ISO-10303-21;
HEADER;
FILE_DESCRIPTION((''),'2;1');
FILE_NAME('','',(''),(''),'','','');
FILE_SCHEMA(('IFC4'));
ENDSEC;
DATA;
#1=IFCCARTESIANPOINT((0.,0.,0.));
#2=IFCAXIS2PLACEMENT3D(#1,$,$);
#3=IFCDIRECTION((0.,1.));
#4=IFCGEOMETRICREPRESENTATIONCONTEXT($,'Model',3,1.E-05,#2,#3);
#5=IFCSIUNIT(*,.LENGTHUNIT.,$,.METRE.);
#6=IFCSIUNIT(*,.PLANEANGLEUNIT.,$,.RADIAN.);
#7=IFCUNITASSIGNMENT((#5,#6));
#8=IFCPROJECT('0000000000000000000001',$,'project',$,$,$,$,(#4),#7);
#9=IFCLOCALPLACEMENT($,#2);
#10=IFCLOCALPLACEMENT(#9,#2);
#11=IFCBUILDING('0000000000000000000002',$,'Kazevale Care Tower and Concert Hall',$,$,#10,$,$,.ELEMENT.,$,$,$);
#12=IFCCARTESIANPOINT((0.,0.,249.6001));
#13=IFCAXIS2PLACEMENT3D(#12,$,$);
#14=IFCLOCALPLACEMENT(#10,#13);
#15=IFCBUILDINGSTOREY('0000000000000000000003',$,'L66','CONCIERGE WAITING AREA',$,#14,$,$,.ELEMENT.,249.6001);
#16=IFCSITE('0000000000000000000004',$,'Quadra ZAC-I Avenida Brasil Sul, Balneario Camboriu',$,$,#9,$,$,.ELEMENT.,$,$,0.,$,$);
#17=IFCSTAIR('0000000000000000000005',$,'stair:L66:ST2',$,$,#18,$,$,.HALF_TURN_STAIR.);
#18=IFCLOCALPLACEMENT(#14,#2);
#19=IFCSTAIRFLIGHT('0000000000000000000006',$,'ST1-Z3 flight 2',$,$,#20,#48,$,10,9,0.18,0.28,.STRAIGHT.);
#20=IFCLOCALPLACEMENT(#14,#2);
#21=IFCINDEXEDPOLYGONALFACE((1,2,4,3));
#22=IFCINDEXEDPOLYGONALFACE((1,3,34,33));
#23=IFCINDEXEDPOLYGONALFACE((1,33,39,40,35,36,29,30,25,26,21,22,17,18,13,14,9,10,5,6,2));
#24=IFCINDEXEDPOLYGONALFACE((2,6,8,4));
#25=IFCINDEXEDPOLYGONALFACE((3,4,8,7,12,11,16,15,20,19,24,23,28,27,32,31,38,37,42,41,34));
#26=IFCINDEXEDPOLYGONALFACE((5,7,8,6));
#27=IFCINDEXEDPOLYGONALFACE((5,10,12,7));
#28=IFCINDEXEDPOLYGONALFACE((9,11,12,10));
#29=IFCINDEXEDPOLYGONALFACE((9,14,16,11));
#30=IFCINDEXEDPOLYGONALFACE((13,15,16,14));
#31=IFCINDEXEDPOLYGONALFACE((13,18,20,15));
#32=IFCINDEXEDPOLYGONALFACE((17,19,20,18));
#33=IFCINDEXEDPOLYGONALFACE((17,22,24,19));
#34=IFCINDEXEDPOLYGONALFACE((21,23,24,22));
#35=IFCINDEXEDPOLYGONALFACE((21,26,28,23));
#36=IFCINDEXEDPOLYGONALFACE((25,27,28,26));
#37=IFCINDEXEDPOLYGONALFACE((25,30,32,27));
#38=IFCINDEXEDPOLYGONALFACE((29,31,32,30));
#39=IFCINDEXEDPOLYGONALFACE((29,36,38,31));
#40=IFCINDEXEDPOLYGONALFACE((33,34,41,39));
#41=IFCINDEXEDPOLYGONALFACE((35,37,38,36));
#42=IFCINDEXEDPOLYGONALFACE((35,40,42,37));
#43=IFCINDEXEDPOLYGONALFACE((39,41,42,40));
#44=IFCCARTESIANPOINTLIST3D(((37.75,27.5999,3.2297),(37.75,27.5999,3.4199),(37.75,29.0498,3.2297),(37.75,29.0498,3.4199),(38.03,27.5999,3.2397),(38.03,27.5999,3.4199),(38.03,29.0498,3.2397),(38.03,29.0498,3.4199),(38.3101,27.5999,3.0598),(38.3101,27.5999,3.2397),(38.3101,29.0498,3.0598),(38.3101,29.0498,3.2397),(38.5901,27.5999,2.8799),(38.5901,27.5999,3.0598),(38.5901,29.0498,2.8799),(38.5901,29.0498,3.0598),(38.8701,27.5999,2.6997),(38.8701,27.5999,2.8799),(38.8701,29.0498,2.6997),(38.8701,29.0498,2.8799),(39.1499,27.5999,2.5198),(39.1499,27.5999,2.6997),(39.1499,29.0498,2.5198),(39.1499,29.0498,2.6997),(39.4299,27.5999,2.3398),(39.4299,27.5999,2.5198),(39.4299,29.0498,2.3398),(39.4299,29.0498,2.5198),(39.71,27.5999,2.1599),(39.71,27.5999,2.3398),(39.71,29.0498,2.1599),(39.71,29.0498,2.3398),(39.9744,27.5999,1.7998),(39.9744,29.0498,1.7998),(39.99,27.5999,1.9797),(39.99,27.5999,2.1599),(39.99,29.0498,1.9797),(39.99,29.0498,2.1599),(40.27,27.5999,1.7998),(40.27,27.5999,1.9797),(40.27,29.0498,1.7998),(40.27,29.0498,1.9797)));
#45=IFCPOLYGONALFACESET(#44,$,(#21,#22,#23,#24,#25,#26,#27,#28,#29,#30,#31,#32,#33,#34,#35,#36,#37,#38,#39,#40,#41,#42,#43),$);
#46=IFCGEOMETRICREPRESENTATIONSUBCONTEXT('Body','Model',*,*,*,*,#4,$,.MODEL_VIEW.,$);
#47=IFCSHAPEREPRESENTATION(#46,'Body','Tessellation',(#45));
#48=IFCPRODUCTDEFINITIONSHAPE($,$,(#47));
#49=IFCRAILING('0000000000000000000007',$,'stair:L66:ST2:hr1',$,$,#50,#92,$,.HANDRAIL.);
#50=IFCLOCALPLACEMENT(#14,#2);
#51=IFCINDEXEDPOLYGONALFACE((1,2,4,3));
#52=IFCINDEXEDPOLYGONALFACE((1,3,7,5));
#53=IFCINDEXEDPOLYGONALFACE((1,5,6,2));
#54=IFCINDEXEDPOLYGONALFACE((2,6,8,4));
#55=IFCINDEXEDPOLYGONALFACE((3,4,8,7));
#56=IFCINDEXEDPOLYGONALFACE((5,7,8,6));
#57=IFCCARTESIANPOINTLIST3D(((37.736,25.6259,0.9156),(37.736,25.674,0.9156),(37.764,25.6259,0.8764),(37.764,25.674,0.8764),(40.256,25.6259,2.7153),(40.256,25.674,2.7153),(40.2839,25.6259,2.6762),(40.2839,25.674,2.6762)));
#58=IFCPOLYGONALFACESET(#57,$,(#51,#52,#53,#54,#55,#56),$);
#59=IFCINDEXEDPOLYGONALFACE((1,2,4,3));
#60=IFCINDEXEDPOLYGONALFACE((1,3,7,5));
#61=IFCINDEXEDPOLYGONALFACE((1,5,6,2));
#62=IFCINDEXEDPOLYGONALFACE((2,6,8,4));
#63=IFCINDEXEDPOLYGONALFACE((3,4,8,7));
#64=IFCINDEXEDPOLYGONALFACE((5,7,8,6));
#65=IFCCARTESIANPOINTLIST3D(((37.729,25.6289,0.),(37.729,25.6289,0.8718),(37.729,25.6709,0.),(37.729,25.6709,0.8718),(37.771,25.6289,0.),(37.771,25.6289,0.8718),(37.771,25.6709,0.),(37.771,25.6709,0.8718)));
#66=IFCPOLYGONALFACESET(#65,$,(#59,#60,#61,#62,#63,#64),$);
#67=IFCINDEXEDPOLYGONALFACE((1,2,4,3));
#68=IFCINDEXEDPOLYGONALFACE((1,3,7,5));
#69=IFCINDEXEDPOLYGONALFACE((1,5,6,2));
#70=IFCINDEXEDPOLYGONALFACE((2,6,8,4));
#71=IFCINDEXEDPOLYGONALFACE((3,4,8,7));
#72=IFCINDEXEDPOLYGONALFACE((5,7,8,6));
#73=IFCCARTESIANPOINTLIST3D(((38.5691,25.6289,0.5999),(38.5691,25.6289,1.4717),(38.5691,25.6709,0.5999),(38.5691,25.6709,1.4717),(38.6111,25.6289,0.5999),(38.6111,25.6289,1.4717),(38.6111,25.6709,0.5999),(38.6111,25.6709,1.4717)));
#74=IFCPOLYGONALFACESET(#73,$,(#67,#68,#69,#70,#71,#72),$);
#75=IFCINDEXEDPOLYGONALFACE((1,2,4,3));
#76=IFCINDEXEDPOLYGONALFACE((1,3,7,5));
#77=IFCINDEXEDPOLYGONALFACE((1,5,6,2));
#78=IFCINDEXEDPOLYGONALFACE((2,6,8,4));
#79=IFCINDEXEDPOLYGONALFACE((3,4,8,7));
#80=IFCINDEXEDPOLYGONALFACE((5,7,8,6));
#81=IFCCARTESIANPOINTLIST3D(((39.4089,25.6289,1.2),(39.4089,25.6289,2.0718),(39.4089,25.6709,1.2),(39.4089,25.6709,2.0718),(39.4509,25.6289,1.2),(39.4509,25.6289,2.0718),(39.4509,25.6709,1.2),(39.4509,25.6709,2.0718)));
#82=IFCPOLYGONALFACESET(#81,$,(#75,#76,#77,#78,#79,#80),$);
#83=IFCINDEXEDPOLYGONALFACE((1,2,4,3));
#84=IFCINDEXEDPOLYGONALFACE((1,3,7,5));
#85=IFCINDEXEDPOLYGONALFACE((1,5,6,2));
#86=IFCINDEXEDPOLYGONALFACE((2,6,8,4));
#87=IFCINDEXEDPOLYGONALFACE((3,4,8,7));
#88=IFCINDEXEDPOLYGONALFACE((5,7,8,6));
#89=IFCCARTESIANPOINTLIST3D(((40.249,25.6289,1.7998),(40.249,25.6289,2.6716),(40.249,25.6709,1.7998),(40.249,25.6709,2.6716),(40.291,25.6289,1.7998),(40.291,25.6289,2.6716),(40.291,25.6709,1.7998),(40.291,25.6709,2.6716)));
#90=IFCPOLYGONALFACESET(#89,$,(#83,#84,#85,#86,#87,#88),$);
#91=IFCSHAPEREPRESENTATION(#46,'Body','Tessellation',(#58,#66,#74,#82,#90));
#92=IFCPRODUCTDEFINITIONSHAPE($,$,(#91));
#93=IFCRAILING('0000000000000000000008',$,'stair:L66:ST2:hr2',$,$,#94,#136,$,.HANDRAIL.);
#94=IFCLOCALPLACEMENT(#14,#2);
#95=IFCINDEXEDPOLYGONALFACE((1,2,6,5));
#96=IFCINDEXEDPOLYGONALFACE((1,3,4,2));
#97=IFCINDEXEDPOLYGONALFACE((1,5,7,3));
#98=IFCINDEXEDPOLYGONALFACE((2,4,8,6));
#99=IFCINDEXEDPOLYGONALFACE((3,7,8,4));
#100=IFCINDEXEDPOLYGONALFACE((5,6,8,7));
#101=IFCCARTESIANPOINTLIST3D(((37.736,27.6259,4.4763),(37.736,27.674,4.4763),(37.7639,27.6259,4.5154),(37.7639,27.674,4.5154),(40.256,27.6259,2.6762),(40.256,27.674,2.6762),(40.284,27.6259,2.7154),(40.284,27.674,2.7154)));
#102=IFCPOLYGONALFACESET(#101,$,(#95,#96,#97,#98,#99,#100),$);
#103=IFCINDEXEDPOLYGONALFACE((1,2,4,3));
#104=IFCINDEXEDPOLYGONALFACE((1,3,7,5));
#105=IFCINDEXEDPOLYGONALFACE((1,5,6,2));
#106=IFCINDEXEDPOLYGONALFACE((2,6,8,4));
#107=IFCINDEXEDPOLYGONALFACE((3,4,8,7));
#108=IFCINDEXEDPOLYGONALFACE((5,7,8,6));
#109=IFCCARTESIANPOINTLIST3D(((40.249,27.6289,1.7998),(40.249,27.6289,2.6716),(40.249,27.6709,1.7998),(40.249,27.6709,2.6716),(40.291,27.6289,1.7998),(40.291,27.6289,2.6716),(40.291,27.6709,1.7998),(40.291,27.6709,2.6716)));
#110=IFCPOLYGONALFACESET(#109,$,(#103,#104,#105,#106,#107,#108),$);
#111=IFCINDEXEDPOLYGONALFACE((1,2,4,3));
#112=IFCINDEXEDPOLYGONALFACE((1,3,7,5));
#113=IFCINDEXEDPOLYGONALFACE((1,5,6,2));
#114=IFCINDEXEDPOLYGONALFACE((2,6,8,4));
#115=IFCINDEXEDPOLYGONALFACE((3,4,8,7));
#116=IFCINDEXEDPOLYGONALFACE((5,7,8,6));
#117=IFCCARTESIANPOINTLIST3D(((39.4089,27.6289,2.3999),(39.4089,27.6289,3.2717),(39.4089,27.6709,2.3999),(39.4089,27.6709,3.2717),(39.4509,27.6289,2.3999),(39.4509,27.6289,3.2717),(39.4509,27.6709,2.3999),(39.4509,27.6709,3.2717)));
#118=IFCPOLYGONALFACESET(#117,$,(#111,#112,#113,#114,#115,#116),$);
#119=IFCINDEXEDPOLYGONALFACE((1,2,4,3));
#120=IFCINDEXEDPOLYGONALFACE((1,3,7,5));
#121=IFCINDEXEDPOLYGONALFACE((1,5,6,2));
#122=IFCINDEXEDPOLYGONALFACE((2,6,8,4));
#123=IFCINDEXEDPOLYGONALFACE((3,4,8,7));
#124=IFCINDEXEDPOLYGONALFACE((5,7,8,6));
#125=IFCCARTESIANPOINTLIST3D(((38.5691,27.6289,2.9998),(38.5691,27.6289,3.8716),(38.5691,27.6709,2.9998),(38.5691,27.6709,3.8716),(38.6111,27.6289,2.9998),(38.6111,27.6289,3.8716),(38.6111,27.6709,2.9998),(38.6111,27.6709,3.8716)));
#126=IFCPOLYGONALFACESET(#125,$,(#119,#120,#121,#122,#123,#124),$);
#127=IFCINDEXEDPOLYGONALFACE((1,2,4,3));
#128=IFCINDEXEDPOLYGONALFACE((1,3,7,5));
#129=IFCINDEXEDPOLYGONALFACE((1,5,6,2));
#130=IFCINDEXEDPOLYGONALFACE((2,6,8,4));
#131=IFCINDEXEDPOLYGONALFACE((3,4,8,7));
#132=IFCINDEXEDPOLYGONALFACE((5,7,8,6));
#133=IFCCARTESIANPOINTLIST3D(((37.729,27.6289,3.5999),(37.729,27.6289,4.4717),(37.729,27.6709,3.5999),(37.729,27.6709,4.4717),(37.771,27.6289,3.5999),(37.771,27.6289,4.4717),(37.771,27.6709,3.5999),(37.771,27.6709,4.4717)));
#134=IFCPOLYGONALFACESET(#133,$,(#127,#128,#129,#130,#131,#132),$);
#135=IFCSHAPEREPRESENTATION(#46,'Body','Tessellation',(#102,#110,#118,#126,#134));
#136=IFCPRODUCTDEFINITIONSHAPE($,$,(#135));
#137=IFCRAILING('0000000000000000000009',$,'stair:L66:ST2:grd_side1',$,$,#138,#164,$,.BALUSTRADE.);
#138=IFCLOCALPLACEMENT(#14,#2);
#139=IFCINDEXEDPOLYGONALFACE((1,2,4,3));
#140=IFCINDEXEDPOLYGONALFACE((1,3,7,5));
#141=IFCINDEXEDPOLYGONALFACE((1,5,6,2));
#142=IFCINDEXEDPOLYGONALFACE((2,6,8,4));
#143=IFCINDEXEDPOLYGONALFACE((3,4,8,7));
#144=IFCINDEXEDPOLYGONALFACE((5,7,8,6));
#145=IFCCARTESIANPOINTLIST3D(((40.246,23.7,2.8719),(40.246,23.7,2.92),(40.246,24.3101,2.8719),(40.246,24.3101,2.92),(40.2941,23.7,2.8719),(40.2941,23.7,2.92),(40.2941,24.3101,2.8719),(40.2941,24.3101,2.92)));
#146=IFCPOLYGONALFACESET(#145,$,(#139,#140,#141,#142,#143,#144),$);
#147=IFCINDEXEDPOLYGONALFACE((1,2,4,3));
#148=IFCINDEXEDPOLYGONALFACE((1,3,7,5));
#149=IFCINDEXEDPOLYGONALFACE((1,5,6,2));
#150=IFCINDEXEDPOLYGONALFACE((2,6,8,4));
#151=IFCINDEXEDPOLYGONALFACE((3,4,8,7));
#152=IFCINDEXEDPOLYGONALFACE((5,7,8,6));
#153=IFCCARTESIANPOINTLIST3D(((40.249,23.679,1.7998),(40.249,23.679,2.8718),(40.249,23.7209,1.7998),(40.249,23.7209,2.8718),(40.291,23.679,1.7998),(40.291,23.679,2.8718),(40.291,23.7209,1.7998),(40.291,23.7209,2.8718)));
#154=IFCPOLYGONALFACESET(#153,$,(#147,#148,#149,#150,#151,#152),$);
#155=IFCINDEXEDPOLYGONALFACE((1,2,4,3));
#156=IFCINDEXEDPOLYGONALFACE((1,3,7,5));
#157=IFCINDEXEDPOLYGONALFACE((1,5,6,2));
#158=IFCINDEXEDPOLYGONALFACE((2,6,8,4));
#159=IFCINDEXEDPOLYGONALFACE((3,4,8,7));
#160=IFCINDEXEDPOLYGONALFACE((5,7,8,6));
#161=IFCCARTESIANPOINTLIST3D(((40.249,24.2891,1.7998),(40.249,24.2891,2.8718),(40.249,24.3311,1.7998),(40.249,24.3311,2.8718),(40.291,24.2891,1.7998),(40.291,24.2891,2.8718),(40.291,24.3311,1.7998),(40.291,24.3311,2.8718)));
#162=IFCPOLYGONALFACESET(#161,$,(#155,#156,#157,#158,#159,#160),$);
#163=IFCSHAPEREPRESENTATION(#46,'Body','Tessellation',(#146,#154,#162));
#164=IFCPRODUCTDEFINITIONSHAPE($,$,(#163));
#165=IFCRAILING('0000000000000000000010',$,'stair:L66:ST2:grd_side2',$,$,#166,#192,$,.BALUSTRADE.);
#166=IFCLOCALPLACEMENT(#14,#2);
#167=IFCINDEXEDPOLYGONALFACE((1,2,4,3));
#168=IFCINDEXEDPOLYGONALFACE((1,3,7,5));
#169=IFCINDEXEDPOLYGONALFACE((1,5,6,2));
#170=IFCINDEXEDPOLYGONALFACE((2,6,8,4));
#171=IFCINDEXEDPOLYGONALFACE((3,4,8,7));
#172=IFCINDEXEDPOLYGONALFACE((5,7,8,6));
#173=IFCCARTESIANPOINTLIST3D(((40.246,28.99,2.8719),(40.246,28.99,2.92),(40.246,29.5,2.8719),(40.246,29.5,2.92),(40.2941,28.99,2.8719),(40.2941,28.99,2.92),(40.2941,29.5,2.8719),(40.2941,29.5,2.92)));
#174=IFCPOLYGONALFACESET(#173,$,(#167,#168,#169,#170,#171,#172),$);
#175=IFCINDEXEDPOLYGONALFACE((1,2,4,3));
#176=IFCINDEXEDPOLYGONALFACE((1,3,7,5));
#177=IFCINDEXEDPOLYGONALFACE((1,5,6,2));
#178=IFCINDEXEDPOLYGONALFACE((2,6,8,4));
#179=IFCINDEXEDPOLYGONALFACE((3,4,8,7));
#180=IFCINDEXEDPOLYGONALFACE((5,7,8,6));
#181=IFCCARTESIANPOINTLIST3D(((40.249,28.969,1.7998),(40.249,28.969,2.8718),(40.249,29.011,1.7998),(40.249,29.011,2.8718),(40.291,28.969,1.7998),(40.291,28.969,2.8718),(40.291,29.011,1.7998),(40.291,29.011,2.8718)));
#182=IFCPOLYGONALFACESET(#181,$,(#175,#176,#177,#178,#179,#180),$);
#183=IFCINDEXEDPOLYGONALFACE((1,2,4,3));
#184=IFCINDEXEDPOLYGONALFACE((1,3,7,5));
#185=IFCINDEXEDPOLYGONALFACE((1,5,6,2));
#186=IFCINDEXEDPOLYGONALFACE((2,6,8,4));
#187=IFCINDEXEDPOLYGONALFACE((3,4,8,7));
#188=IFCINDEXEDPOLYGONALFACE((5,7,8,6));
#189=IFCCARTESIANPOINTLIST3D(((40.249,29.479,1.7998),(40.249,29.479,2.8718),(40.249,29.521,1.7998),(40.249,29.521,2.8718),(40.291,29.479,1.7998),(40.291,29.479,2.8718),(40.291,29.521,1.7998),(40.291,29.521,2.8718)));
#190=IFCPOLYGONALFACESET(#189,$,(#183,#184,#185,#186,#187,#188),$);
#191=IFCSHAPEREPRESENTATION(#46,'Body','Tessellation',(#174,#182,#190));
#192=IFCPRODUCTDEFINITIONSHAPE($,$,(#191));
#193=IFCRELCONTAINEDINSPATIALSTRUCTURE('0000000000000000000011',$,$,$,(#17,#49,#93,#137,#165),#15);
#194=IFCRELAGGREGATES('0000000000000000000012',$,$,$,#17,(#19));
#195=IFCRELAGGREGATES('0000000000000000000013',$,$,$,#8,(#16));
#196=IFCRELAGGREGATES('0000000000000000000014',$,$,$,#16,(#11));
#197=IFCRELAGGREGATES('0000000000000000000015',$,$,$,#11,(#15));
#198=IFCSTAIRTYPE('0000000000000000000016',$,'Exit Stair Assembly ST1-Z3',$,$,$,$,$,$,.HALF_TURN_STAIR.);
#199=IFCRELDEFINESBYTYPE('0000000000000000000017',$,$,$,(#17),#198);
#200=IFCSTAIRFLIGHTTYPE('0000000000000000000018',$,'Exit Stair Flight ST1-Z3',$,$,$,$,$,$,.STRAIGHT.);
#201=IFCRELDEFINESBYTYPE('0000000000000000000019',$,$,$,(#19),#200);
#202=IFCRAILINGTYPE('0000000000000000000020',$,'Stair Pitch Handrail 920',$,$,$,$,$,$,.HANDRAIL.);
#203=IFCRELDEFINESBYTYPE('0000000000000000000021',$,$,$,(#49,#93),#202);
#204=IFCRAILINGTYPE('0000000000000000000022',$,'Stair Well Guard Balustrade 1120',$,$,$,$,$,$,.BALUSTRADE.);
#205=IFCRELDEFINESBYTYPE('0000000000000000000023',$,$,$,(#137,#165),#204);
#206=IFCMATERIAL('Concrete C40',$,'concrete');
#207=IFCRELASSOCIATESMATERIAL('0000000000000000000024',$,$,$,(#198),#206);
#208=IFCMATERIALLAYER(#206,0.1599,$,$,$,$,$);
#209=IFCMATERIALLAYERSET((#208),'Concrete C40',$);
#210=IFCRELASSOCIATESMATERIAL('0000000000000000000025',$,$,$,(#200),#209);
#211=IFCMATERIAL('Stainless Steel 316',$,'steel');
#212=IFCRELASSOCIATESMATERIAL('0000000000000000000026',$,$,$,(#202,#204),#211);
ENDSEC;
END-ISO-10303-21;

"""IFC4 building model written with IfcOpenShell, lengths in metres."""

from ifc_helpers import new_model, si_unit, direction, frame, origin, origin_2d, place, context, subcontext, project, spatial, polyline, rectangle, outline, extrude, material, layer, layer_set, type_object, element, aggregate, save


model = new_model("IFC4")

# Units and contexts
model_context = context("Model", 3, precision=1e-05, world=origin(), true_north=direction((0.0, 1.0)))
body_context = subcontext(model_context, "Body", "Model", "MODEL_VIEW")
ifc_project = project(units=[si_unit("LENGTHUNIT", "METRE"), si_unit("PLANEANGLEUNIT", "RADIAN")], contexts=[model_context])

# Site, building, storey
site_placement = place(None, origin())
site = spatial("IfcSite", under=ifc_project, at=site_placement, Name="Quadra ZAC-I Avenida Brasil Sul, Balneario Camboriu", CompositionType="ELEMENT", RefElevation=0.0)
building_placement = place(site_placement, origin())
building = spatial("IfcBuilding", under=site, at=building_placement, Name="Kazevale Care Tower and Concert Hall", CompositionType="ELEMENT")
storey_placement = place(building_placement, frame((0.0, 0.0, 249.6001)))
storey = spatial("IfcBuildingStorey", under=building, at=storey_placement, Name="L66", Description="CONCIERGE WAITING AREA", CompositionType="ELEMENT", Elevation=249.6001)

# Shared definitions
ifc_material_1 = material(Name="Concrete C40", Category="concrete")

# Stair, stair flight
stair_type = type_object("IfcStairType", Name="Exit Stair Assembly ST1-Z3", PredefinedType="HALF_TURN_STAIR", material=ifc_material_1)
stair_placement = place(storey_placement, origin())
stair = element("IfcStair", 1, at=stair_placement, inside=storey, type_object=stair_type, Name="stair:L66:ST2", PredefinedType="HALF_TURN_STAIR")
ifc_layer_1 = layer(ifc_material_1, 0.1599)
ifc_layer_set_1 = layer_set([ifc_layer_1], Name="Concrete C40")
stair_flight_type = type_object("IfcStairFlightType", Name="Exit Stair Flight ST1-Z3", PredefinedType="STRAIGHT", material=ifc_layer_set_1)
stair_flight_1_placement = place(storey_placement, frame((40.27, 28.325, 1.7998), z_axis=(0.0, 0.0, 1.0), x_axis=(-1.0, 0.0, 0.0)))
stair_flight_1 = element("IfcStairFlight", 2, at=stair_flight_1_placement, type_object=stair_flight_type, Name="ST1-Z3 flight 2", NumberOfRisers=10, NumberOfTreads=9, PredefinedType="STRAIGHT", RiserHeight=0.18, TreadLength=0.28, context=body_context, shape_type="SweptSolid", body=[
    extrude(outline(polyline([(0.0, 0.0), (0.0, 0.1799), (0.28, 0.1799), (0.28, 0.3601), (0.5601, 0.3601), (0.5601, 0.54), (0.8401, 0.54), (0.8401, 0.72), (1.1201, 0.72), (1.1201, 0.8999), (1.3999, 0.8999), (1.3999, 1.0801), (1.6799, 1.0801), (1.6799, 1.26), (1.96, 1.26), (1.96, 1.4399), (2.24, 1.4399), (2.24, 1.6201), (2.52, 1.6201), (2.52, 1.8), (2.52, 1.4299), (0.2957, 0.0), (0.0, 0.0)])), frame((0.0, 0.7251, 0.0), z_axis=(0.0, -1.0, 0.0), x_axis=(1.0, 0.0, 0.0)), (0.0, 0.0, 1.0), 1.45),
])
aggregate(stair, [stair_flight_1])

# Railings
ifc_material_2 = material(Name="Stainless Steel 316", Category="steel")
railing_type_1 = type_object("IfcRailingType", Name="Stair Pitch Handrail 920", PredefinedType="HANDRAIL", material=ifc_material_2)
railing_1_placement = place(storey_placement, frame((37.75, 25.6499, 0.0)))
element("IfcRailing", 3, at=railing_1_placement, inside=storey, type_object=railing_type_1, Name="stair:L66:ST2:hr1", PredefinedType="HANDRAIL", context=body_context, shape_type="SweptSolid", body=[
    extrude(rectangle(XDim=0.0481, YDim=0.0481, at=origin_2d()), frame((0.0, 0.0, 0.896), z_axis=(0.813765, 0.0, 0.581193), x_axis=(0.0, 1.0, 0.0)), (0.0, 0.0, 1.0), 3.0967),
    extrude(rectangle(XDim=0.042, YDim=0.042, at=origin_2d()), origin(), (0.0, 0.0, 1.0), 0.8718),
    extrude(rectangle(XDim=0.042, YDim=0.042, at=origin_2d()), frame((0.8401, 0.0, 0.5999)), (0.0, 0.0, 1.0), 0.8718),
    extrude(rectangle(XDim=0.042, YDim=0.042, at=origin_2d()), frame((1.6799, 0.0, 1.2)), (0.0, 0.0, 1.0), 0.8718),
    extrude(rectangle(XDim=0.042, YDim=0.042, at=origin_2d()), frame((2.52, 0.0, 1.7998)), (0.0, 0.0, 1.0), 0.8718),
])
railing_2_placement = place(storey_placement, frame((40.27, 27.6499, 1.7998)))
element("IfcRailing", 4, at=railing_2_placement, inside=storey, type_object=railing_type_1, Name="stair:L66:ST2:hr2", PredefinedType="HANDRAIL", context=body_context, shape_type="SweptSolid", body=[
    extrude(rectangle(XDim=0.0481, YDim=0.0481, at=origin_2d()), frame((0.0, 0.0, 0.896), z_axis=(-0.813728, 0.0, 0.581246), x_axis=(0.0, -1.0, 0.0)), (0.0, 0.0, 1.0), 3.0969),
    extrude(rectangle(XDim=0.042, YDim=0.042, at=origin_2d()), origin(), (0.0, 0.0, 1.0), 0.8718),
    extrude(rectangle(XDim=0.042, YDim=0.042, at=origin_2d()), frame((-0.8401, 0.0, 0.6001)), (0.0, 0.0, 1.0), 0.8718),
    extrude(rectangle(XDim=0.042, YDim=0.042, at=origin_2d()), frame((-1.6799, 0.0, 1.2)), (0.0, 0.0, 1.0), 0.8718),
    extrude(rectangle(XDim=0.042, YDim=0.042, at=origin_2d()), frame((-2.52, 0.0, 1.8)), (0.0, 0.0, 1.0), 0.8718),
])
railing_type_2 = type_object("IfcRailingType", Name="Stair Well Guard Balustrade 1120", PredefinedType="BALUSTRADE", material=ifc_material_2)
railing_3_placement = place(storey_placement, frame((40.27, 23.7, 1.7998)))
element("IfcRailing", 5, at=railing_3_placement, inside=storey, type_object=railing_type_2, Name="stair:L66:ST2:grd_side1", PredefinedType="BALUSTRADE", context=body_context, shape_type="SweptSolid", body=[
    extrude(rectangle(XDim=0.0481, YDim=0.0481, at=origin_2d()), frame((0.0, 0.0, 1.0962), z_axis=(0.0, 1.0, 0.0), x_axis=(-1.0, 0.0, 0.0)), (0.0, 0.0, 1.0), 0.6101),
    extrude(rectangle(XDim=0.042, YDim=0.042, at=origin_2d()), origin(), (0.0, 0.0, 1.0), 1.072),
    extrude(rectangle(XDim=0.042, YDim=0.042, at=origin_2d()), frame((0.0, 0.6101, 0.0)), (0.0, 0.0, 1.0), 1.072),
])
railing_4_placement = place(storey_placement, frame((40.27, 28.99, 1.7998)))
element("IfcRailing", 6, at=railing_4_placement, inside=storey, type_object=railing_type_2, Name="stair:L66:ST2:grd_side2", PredefinedType="BALUSTRADE", context=body_context, shape_type="SweptSolid", body=[
    extrude(rectangle(XDim=0.0481, YDim=0.0481, at=origin_2d()), frame((0.0, 0.0, 1.0962), z_axis=(0.0, 1.0, 0.0), x_axis=(-1.0, 0.0, 0.0)), (0.0, 0.0, 1.0), 0.51),
    extrude(rectangle(XDim=0.042, YDim=0.042, at=origin_2d()), origin(), (0.0, 0.0, 1.0), 1.072),
    extrude(rectangle(XDim=0.042, YDim=0.042, at=origin_2d()), frame((0.0, 0.51, 0.0)), (0.0, 0.0, 1.0), 1.072),
])

save(model, "model.ifc")
